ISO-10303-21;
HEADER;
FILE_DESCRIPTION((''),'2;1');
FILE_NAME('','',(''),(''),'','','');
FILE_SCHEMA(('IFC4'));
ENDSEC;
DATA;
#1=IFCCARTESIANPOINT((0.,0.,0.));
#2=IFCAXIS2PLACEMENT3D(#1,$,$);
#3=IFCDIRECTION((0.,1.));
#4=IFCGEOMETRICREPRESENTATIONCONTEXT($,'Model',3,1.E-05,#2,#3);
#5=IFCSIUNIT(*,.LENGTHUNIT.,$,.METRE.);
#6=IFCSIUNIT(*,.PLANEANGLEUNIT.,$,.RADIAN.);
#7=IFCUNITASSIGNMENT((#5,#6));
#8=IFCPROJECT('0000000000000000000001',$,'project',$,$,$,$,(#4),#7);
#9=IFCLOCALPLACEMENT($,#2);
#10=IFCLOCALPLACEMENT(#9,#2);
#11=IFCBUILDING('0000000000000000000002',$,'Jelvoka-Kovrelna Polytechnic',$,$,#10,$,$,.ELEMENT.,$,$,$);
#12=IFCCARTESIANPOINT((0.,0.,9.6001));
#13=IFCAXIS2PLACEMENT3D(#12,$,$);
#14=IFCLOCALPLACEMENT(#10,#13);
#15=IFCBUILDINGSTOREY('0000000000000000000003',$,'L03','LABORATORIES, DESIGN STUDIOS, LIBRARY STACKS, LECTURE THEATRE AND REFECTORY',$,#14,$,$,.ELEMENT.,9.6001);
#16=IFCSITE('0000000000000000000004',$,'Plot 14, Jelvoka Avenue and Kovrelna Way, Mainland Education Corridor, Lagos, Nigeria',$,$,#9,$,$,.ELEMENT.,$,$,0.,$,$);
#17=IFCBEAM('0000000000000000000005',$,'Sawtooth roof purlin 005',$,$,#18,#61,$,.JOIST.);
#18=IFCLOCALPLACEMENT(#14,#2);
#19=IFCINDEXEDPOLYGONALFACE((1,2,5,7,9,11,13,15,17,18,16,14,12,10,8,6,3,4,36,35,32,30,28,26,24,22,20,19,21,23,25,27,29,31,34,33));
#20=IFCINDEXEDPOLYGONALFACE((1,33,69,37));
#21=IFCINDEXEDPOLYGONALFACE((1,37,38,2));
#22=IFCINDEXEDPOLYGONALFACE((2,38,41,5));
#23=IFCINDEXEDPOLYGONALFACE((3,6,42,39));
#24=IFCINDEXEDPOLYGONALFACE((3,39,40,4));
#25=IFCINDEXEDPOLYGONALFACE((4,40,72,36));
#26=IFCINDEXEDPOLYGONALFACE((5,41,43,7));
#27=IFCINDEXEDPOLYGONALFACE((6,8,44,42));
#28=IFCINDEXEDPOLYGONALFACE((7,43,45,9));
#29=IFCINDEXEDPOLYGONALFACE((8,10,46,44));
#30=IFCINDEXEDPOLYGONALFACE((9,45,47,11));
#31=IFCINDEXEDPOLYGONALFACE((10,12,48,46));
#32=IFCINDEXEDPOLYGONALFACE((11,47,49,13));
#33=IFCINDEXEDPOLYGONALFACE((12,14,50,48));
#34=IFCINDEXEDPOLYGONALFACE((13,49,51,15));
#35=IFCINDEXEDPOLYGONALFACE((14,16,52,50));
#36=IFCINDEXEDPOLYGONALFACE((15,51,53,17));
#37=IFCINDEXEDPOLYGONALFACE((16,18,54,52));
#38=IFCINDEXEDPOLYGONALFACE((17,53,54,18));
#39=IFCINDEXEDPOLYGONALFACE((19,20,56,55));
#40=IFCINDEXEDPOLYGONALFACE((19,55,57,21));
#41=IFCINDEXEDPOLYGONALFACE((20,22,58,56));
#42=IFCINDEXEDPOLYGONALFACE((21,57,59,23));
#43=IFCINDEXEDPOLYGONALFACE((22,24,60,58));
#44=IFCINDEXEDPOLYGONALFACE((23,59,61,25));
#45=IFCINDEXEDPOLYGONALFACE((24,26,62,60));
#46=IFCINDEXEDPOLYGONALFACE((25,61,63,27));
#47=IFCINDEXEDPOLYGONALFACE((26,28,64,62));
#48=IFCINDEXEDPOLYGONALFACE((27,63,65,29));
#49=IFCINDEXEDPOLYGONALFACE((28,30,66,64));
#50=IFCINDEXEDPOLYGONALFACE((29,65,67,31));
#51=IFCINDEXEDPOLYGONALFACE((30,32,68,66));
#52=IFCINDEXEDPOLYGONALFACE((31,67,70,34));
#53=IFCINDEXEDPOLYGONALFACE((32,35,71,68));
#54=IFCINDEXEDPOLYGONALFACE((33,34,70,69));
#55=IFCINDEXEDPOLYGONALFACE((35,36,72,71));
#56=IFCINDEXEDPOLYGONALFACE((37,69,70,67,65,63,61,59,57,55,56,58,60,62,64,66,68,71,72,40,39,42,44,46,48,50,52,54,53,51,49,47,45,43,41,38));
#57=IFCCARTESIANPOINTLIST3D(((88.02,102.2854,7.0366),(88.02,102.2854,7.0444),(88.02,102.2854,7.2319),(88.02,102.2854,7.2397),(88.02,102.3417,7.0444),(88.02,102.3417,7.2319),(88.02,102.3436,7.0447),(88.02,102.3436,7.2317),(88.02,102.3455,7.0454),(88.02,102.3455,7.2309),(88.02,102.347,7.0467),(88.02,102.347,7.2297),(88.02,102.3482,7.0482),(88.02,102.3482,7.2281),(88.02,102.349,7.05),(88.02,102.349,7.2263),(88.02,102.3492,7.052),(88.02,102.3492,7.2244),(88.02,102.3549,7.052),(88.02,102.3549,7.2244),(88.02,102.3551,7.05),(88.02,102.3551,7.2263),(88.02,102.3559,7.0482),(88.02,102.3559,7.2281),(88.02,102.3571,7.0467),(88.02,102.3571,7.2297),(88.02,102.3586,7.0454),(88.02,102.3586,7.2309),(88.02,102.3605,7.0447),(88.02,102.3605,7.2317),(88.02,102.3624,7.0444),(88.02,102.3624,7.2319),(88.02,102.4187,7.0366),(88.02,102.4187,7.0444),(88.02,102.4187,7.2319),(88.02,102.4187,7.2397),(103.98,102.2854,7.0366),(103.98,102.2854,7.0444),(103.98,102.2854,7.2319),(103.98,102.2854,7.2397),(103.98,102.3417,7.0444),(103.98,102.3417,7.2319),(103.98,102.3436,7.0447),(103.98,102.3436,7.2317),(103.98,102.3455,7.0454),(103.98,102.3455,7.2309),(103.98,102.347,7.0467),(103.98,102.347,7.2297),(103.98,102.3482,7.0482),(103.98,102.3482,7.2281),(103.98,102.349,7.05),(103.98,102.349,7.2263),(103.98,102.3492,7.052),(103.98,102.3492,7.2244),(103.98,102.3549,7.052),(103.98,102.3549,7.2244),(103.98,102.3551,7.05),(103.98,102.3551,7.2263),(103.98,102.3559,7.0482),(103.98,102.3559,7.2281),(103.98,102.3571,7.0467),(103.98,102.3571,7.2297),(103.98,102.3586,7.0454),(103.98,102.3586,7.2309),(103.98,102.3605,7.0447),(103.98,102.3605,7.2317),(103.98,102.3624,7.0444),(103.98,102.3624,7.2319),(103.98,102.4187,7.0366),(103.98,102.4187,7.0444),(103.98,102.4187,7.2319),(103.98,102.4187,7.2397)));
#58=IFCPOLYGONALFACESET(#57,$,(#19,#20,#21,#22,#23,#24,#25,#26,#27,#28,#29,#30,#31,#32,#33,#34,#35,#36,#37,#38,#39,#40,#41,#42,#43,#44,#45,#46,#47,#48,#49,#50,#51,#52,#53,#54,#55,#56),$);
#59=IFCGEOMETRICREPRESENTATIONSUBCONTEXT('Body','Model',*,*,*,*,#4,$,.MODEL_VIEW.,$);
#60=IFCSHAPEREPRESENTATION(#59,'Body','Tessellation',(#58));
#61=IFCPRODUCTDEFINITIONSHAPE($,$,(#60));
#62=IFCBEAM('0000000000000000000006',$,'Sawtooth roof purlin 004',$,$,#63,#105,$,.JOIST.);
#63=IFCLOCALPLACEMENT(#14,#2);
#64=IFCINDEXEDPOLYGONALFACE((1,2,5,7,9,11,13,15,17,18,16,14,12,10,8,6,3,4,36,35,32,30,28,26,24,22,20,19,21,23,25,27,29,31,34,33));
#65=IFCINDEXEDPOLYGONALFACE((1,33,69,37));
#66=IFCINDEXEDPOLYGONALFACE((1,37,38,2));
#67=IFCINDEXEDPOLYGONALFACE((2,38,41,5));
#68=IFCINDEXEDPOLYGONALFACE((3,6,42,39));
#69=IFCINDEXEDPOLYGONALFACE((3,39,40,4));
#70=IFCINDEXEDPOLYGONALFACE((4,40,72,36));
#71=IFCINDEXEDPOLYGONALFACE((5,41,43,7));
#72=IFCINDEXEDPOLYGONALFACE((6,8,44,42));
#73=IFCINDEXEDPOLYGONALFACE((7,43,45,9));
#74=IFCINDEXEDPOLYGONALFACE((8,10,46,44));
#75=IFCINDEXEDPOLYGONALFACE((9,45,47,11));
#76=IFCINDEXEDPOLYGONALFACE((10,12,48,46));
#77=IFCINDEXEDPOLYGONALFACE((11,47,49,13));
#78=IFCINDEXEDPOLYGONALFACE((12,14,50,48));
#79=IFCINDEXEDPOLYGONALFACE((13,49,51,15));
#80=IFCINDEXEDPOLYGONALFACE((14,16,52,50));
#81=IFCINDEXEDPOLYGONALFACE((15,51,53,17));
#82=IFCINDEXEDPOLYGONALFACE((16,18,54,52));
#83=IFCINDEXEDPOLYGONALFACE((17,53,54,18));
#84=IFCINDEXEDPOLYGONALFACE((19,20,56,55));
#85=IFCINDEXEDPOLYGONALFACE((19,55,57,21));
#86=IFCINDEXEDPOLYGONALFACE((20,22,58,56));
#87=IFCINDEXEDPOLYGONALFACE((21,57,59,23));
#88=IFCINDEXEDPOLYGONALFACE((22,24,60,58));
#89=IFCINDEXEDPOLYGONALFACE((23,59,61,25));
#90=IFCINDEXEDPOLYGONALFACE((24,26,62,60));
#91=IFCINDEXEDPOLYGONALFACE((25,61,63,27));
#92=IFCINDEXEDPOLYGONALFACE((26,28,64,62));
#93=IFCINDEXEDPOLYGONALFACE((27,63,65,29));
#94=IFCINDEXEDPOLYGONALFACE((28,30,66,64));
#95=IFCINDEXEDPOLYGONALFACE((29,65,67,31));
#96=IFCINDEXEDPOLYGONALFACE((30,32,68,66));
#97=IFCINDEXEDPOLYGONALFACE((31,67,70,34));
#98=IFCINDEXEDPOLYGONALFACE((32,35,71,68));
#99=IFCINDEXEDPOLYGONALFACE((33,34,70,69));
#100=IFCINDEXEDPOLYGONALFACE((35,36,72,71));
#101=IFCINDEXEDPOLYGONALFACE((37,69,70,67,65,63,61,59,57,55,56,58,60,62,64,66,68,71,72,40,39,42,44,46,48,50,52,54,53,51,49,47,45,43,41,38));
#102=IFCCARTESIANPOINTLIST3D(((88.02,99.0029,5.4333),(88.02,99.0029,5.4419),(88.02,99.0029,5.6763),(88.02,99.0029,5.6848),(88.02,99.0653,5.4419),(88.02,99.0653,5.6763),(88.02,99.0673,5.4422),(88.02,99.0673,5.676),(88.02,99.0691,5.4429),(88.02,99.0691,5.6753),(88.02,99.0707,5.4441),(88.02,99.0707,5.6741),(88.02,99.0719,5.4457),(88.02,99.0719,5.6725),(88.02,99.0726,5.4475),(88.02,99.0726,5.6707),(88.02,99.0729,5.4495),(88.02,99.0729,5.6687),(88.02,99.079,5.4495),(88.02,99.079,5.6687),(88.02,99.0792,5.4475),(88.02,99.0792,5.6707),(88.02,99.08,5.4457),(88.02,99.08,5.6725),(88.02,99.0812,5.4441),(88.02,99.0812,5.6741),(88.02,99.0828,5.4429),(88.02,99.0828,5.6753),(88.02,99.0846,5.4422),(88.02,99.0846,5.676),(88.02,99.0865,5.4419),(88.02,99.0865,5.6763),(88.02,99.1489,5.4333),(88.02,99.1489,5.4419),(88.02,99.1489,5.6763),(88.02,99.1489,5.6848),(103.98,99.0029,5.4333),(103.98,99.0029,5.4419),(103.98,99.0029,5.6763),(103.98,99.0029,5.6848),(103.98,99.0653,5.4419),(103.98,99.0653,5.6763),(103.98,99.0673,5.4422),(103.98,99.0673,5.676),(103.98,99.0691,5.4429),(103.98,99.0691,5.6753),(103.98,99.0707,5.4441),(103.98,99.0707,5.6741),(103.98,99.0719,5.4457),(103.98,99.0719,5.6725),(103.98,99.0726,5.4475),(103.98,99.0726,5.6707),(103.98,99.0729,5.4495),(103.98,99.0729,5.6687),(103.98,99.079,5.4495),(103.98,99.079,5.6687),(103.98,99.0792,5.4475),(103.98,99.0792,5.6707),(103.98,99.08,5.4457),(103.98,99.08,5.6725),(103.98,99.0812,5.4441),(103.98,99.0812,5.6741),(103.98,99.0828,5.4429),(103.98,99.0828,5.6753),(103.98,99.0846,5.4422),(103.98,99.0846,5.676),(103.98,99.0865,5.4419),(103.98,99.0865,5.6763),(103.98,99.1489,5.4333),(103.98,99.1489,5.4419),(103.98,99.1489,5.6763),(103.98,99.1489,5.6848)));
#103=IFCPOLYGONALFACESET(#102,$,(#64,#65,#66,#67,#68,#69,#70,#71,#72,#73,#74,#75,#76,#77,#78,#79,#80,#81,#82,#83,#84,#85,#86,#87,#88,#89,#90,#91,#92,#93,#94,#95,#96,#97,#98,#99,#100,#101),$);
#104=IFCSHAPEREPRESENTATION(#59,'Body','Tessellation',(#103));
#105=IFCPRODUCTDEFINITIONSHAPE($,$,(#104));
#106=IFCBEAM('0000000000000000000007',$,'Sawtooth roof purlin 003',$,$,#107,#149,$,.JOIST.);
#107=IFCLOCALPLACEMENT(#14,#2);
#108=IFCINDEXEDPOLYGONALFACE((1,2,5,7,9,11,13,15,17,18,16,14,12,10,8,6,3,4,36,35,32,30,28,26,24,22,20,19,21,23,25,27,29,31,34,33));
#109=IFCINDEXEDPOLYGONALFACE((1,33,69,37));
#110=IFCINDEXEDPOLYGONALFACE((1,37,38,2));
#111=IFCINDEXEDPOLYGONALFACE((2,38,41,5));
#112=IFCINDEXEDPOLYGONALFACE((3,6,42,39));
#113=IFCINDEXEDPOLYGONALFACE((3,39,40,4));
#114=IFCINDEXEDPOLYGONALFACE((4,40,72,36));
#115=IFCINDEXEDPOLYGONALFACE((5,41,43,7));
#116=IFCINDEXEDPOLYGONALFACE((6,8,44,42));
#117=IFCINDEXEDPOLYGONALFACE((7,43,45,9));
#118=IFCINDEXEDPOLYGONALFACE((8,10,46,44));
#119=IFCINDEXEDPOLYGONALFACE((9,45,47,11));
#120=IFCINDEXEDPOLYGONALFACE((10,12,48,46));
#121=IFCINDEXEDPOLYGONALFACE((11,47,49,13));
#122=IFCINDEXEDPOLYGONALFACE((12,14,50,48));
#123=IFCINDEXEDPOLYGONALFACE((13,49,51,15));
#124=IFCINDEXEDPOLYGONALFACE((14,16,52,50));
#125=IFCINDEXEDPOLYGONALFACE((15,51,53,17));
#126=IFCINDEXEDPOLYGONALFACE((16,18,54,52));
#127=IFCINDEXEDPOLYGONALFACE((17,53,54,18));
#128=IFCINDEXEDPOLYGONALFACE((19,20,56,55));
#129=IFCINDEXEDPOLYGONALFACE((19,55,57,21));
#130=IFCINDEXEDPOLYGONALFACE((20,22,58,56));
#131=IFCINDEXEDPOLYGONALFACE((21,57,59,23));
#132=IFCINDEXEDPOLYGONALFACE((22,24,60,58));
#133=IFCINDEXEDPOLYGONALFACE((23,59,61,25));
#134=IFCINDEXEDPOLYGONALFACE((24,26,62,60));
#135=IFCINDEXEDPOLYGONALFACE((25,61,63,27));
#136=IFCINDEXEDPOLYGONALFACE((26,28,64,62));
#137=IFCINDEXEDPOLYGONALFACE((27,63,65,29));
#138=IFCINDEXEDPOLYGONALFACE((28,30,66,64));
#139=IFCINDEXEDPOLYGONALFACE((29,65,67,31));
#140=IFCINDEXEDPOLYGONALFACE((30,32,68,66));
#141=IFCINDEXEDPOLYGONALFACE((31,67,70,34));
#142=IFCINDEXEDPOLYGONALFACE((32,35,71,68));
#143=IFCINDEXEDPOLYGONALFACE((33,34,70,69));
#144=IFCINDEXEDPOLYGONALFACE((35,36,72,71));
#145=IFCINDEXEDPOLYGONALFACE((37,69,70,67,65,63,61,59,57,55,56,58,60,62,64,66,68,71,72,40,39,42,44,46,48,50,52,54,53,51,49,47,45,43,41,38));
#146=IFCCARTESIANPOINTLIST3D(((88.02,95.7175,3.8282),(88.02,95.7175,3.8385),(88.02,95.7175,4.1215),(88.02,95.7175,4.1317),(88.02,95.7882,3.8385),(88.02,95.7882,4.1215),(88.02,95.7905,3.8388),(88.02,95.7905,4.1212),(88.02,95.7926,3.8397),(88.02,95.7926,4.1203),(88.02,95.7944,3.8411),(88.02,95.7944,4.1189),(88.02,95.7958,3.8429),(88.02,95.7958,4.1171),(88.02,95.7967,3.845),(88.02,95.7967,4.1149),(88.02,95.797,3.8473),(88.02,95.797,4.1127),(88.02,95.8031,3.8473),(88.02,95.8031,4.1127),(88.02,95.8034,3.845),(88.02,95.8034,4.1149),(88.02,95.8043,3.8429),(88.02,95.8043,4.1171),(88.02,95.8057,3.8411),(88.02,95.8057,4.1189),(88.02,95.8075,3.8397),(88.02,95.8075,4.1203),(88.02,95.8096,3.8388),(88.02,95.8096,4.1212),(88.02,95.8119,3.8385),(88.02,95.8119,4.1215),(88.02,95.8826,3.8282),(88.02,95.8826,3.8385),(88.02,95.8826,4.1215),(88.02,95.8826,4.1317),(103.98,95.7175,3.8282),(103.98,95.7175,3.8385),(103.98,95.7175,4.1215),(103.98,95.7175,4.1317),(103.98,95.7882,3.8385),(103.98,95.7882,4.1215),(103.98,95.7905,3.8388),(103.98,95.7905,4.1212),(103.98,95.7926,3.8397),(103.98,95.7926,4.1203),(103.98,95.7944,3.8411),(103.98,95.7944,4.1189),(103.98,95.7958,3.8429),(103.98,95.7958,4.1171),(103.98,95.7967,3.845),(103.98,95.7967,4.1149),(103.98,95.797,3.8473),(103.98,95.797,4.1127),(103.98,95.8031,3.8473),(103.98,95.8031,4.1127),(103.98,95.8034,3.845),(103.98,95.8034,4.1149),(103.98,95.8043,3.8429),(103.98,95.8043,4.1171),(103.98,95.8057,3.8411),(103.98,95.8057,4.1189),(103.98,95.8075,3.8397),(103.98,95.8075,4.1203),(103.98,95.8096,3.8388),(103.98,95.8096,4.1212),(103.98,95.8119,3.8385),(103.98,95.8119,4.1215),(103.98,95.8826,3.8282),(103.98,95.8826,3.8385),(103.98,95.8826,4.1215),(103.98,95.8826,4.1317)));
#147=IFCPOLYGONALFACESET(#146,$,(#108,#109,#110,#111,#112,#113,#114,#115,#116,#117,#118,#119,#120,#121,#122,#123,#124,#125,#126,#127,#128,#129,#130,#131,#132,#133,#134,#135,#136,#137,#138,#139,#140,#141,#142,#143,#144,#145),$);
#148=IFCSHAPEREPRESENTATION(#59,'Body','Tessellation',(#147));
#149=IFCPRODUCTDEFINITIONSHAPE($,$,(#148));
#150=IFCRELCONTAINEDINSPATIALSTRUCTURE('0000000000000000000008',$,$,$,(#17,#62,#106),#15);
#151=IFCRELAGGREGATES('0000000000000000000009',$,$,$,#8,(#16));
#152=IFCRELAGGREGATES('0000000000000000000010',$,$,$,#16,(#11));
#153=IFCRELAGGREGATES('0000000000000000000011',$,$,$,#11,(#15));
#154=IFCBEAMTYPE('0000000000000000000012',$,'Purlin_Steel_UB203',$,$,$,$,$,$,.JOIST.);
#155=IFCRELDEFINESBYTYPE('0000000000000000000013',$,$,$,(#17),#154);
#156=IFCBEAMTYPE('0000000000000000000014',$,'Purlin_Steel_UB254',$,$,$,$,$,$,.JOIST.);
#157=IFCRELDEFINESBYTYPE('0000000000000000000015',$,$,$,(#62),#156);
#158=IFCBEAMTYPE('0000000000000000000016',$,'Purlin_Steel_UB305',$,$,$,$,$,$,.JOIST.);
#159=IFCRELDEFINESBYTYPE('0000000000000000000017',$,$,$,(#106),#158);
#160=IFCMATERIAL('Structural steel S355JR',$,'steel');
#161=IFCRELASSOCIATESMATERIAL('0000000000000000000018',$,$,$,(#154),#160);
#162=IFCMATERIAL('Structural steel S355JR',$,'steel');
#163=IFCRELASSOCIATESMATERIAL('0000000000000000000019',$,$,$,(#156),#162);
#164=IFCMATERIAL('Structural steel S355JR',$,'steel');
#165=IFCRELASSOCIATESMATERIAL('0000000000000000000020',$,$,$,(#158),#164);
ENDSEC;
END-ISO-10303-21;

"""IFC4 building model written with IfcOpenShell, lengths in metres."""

from ifc_helpers import new_model, si_unit, direction, frame, origin, origin_2d, place, context, subcontext, project, spatial, i_section, extrude, material, material_profile, profile_set, type_object, element, save


model = new_model("IFC4")

# Units and contexts
model_context = context("Model", 3, precision=1e-05, world=origin(), true_north=direction((0.0, 1.0)))
body_context = subcontext(model_context, "Body", "Model", "MODEL_VIEW")
ifc_project = project(units=[si_unit("LENGTHUNIT", "METRE"), si_unit("PLANEANGLEUNIT", "RADIAN")], contexts=[model_context])

# Site, building, storey
site_placement = place(None, origin())
site = spatial("IfcSite", under=ifc_project, at=site_placement, Name="Plot 14, Jelvoka Avenue and Kovrelna Way, Mainland Education Corridor, Lagos, Nigeria", CompositionType="ELEMENT", RefElevation=0.0)
building_placement = place(site_placement, origin())
building = spatial("IfcBuilding", under=site, at=building_placement, Name="Jelvoka-Kovrelna Polytechnic", CompositionType="ELEMENT")
storey_placement = place(building_placement, frame((0.0, 0.0, 9.6001)))
storey = spatial("IfcBuildingStorey", under=building, at=storey_placement, Name="L03", Description="LABORATORIES, DESIGN STUDIOS, LIBRARY STACKS, LECTURE THEATRE AND REFECTORY", CompositionType="ELEMENT", Elevation=9.6001)

# Beams
ifc_material_1 = material(Name="Structural steel S355JR", Category="steel")
ifc_material_profile_1 = material_profile(ifc_material_1, i_section(OverallWidth=0.1333, OverallDepth=0.2031, WebThickness=0.0056, FlangeThickness=0.0078, FilletRadius=0.0076, at=origin_2d()), Name="203x133x25 UB")
ifc_profile_set_1 = profile_set([ifc_material_profile_1], Name="Structural steel S355JR")
beam_type_1 = type_object("IfcBeamType", Name="Purlin_Steel_UB203", PredefinedType="JOIST", material=ifc_profile_set_1)
beam_1_placement = place(storey_placement, frame((88.02, 102.3521, 7.1382), z_axis=(1.0, 0.0, 0.0), x_axis=(0.0, 1.0, 0.0)))
element("IfcBeam", 1, at=beam_1_placement, inside=storey, type_object=beam_type_1, Name="Sawtooth roof purlin 005", PredefinedType="JOIST", context=body_context, shape_type="SweptSolid", body=[
    extrude(i_section(OverallWidth=0.1333, OverallDepth=0.2031, WebThickness=0.0056, FlangeThickness=0.0078, FilletRadius=0.0076, at=origin_2d()), origin(), (0.0, 0.0, 1.0), 15.96),
])
ifc_material_2 = material(Name="Structural steel S355JR", Category="steel")
ifc_material_profile_2 = material_profile(ifc_material_2, i_section(OverallWidth=0.146, OverallDepth=0.2515, WebThickness=0.0061, FlangeThickness=0.0085, FilletRadius=0.0076, at=origin_2d()), Name="254x146x31 UB")
ifc_profile_set_2 = profile_set([ifc_material_profile_2], Name="Structural steel S355JR")
beam_type_2 = type_object("IfcBeamType", Name="Purlin_Steel_UB254", PredefinedType="JOIST", material=ifc_profile_set_2)
beam_2_placement = place(storey_placement, frame((88.02, 99.0759, 5.5591), z_axis=(1.0, 0.0, 0.0), x_axis=(0.0, 1.0, 0.0)))
element("IfcBeam", 2, at=beam_2_placement, inside=storey, type_object=beam_type_2, Name="Sawtooth roof purlin 004", PredefinedType="JOIST", context=body_context, shape_type="SweptSolid", body=[
    extrude(i_section(OverallWidth=0.146, OverallDepth=0.2515, WebThickness=0.0061, FlangeThickness=0.0085, FilletRadius=0.0076, at=origin_2d()), origin(), (0.0, 0.0, 1.0), 15.96),
])
ifc_material_3 = material(Name="Structural steel S355JR", Category="steel")
ifc_material_profile_3 = material_profile(ifc_material_3, i_section(OverallWidth=0.165, OverallDepth=0.3035, WebThickness=0.0061, FlangeThickness=0.0103, FilletRadius=0.0088, at=origin_2d()), Name="305x165x40 UB")
ifc_profile_set_3 = profile_set([ifc_material_profile_3], Name="Structural steel S355JR")
beam_type_3 = type_object("IfcBeamType", Name="Purlin_Steel_UB305", PredefinedType="JOIST", material=ifc_profile_set_3)
beam_3_placement = place(storey_placement, frame((88.02, 95.8, 3.98), z_axis=(1.0, 0.0, 0.0), x_axis=(0.0, 1.0, 0.0)))
element("IfcBeam", 3, at=beam_3_placement, inside=storey, type_object=beam_type_3, Name="Sawtooth roof purlin 003", PredefinedType="JOIST", context=body_context, shape_type="SweptSolid", body=[
    extrude(i_section(OverallWidth=0.165, OverallDepth=0.3035, WebThickness=0.0061, FlangeThickness=0.0103, FilletRadius=0.0088, at=origin_2d()), origin(), (0.0, 0.0, 1.0), 15.96),
])

save(model, "model.ifc")
